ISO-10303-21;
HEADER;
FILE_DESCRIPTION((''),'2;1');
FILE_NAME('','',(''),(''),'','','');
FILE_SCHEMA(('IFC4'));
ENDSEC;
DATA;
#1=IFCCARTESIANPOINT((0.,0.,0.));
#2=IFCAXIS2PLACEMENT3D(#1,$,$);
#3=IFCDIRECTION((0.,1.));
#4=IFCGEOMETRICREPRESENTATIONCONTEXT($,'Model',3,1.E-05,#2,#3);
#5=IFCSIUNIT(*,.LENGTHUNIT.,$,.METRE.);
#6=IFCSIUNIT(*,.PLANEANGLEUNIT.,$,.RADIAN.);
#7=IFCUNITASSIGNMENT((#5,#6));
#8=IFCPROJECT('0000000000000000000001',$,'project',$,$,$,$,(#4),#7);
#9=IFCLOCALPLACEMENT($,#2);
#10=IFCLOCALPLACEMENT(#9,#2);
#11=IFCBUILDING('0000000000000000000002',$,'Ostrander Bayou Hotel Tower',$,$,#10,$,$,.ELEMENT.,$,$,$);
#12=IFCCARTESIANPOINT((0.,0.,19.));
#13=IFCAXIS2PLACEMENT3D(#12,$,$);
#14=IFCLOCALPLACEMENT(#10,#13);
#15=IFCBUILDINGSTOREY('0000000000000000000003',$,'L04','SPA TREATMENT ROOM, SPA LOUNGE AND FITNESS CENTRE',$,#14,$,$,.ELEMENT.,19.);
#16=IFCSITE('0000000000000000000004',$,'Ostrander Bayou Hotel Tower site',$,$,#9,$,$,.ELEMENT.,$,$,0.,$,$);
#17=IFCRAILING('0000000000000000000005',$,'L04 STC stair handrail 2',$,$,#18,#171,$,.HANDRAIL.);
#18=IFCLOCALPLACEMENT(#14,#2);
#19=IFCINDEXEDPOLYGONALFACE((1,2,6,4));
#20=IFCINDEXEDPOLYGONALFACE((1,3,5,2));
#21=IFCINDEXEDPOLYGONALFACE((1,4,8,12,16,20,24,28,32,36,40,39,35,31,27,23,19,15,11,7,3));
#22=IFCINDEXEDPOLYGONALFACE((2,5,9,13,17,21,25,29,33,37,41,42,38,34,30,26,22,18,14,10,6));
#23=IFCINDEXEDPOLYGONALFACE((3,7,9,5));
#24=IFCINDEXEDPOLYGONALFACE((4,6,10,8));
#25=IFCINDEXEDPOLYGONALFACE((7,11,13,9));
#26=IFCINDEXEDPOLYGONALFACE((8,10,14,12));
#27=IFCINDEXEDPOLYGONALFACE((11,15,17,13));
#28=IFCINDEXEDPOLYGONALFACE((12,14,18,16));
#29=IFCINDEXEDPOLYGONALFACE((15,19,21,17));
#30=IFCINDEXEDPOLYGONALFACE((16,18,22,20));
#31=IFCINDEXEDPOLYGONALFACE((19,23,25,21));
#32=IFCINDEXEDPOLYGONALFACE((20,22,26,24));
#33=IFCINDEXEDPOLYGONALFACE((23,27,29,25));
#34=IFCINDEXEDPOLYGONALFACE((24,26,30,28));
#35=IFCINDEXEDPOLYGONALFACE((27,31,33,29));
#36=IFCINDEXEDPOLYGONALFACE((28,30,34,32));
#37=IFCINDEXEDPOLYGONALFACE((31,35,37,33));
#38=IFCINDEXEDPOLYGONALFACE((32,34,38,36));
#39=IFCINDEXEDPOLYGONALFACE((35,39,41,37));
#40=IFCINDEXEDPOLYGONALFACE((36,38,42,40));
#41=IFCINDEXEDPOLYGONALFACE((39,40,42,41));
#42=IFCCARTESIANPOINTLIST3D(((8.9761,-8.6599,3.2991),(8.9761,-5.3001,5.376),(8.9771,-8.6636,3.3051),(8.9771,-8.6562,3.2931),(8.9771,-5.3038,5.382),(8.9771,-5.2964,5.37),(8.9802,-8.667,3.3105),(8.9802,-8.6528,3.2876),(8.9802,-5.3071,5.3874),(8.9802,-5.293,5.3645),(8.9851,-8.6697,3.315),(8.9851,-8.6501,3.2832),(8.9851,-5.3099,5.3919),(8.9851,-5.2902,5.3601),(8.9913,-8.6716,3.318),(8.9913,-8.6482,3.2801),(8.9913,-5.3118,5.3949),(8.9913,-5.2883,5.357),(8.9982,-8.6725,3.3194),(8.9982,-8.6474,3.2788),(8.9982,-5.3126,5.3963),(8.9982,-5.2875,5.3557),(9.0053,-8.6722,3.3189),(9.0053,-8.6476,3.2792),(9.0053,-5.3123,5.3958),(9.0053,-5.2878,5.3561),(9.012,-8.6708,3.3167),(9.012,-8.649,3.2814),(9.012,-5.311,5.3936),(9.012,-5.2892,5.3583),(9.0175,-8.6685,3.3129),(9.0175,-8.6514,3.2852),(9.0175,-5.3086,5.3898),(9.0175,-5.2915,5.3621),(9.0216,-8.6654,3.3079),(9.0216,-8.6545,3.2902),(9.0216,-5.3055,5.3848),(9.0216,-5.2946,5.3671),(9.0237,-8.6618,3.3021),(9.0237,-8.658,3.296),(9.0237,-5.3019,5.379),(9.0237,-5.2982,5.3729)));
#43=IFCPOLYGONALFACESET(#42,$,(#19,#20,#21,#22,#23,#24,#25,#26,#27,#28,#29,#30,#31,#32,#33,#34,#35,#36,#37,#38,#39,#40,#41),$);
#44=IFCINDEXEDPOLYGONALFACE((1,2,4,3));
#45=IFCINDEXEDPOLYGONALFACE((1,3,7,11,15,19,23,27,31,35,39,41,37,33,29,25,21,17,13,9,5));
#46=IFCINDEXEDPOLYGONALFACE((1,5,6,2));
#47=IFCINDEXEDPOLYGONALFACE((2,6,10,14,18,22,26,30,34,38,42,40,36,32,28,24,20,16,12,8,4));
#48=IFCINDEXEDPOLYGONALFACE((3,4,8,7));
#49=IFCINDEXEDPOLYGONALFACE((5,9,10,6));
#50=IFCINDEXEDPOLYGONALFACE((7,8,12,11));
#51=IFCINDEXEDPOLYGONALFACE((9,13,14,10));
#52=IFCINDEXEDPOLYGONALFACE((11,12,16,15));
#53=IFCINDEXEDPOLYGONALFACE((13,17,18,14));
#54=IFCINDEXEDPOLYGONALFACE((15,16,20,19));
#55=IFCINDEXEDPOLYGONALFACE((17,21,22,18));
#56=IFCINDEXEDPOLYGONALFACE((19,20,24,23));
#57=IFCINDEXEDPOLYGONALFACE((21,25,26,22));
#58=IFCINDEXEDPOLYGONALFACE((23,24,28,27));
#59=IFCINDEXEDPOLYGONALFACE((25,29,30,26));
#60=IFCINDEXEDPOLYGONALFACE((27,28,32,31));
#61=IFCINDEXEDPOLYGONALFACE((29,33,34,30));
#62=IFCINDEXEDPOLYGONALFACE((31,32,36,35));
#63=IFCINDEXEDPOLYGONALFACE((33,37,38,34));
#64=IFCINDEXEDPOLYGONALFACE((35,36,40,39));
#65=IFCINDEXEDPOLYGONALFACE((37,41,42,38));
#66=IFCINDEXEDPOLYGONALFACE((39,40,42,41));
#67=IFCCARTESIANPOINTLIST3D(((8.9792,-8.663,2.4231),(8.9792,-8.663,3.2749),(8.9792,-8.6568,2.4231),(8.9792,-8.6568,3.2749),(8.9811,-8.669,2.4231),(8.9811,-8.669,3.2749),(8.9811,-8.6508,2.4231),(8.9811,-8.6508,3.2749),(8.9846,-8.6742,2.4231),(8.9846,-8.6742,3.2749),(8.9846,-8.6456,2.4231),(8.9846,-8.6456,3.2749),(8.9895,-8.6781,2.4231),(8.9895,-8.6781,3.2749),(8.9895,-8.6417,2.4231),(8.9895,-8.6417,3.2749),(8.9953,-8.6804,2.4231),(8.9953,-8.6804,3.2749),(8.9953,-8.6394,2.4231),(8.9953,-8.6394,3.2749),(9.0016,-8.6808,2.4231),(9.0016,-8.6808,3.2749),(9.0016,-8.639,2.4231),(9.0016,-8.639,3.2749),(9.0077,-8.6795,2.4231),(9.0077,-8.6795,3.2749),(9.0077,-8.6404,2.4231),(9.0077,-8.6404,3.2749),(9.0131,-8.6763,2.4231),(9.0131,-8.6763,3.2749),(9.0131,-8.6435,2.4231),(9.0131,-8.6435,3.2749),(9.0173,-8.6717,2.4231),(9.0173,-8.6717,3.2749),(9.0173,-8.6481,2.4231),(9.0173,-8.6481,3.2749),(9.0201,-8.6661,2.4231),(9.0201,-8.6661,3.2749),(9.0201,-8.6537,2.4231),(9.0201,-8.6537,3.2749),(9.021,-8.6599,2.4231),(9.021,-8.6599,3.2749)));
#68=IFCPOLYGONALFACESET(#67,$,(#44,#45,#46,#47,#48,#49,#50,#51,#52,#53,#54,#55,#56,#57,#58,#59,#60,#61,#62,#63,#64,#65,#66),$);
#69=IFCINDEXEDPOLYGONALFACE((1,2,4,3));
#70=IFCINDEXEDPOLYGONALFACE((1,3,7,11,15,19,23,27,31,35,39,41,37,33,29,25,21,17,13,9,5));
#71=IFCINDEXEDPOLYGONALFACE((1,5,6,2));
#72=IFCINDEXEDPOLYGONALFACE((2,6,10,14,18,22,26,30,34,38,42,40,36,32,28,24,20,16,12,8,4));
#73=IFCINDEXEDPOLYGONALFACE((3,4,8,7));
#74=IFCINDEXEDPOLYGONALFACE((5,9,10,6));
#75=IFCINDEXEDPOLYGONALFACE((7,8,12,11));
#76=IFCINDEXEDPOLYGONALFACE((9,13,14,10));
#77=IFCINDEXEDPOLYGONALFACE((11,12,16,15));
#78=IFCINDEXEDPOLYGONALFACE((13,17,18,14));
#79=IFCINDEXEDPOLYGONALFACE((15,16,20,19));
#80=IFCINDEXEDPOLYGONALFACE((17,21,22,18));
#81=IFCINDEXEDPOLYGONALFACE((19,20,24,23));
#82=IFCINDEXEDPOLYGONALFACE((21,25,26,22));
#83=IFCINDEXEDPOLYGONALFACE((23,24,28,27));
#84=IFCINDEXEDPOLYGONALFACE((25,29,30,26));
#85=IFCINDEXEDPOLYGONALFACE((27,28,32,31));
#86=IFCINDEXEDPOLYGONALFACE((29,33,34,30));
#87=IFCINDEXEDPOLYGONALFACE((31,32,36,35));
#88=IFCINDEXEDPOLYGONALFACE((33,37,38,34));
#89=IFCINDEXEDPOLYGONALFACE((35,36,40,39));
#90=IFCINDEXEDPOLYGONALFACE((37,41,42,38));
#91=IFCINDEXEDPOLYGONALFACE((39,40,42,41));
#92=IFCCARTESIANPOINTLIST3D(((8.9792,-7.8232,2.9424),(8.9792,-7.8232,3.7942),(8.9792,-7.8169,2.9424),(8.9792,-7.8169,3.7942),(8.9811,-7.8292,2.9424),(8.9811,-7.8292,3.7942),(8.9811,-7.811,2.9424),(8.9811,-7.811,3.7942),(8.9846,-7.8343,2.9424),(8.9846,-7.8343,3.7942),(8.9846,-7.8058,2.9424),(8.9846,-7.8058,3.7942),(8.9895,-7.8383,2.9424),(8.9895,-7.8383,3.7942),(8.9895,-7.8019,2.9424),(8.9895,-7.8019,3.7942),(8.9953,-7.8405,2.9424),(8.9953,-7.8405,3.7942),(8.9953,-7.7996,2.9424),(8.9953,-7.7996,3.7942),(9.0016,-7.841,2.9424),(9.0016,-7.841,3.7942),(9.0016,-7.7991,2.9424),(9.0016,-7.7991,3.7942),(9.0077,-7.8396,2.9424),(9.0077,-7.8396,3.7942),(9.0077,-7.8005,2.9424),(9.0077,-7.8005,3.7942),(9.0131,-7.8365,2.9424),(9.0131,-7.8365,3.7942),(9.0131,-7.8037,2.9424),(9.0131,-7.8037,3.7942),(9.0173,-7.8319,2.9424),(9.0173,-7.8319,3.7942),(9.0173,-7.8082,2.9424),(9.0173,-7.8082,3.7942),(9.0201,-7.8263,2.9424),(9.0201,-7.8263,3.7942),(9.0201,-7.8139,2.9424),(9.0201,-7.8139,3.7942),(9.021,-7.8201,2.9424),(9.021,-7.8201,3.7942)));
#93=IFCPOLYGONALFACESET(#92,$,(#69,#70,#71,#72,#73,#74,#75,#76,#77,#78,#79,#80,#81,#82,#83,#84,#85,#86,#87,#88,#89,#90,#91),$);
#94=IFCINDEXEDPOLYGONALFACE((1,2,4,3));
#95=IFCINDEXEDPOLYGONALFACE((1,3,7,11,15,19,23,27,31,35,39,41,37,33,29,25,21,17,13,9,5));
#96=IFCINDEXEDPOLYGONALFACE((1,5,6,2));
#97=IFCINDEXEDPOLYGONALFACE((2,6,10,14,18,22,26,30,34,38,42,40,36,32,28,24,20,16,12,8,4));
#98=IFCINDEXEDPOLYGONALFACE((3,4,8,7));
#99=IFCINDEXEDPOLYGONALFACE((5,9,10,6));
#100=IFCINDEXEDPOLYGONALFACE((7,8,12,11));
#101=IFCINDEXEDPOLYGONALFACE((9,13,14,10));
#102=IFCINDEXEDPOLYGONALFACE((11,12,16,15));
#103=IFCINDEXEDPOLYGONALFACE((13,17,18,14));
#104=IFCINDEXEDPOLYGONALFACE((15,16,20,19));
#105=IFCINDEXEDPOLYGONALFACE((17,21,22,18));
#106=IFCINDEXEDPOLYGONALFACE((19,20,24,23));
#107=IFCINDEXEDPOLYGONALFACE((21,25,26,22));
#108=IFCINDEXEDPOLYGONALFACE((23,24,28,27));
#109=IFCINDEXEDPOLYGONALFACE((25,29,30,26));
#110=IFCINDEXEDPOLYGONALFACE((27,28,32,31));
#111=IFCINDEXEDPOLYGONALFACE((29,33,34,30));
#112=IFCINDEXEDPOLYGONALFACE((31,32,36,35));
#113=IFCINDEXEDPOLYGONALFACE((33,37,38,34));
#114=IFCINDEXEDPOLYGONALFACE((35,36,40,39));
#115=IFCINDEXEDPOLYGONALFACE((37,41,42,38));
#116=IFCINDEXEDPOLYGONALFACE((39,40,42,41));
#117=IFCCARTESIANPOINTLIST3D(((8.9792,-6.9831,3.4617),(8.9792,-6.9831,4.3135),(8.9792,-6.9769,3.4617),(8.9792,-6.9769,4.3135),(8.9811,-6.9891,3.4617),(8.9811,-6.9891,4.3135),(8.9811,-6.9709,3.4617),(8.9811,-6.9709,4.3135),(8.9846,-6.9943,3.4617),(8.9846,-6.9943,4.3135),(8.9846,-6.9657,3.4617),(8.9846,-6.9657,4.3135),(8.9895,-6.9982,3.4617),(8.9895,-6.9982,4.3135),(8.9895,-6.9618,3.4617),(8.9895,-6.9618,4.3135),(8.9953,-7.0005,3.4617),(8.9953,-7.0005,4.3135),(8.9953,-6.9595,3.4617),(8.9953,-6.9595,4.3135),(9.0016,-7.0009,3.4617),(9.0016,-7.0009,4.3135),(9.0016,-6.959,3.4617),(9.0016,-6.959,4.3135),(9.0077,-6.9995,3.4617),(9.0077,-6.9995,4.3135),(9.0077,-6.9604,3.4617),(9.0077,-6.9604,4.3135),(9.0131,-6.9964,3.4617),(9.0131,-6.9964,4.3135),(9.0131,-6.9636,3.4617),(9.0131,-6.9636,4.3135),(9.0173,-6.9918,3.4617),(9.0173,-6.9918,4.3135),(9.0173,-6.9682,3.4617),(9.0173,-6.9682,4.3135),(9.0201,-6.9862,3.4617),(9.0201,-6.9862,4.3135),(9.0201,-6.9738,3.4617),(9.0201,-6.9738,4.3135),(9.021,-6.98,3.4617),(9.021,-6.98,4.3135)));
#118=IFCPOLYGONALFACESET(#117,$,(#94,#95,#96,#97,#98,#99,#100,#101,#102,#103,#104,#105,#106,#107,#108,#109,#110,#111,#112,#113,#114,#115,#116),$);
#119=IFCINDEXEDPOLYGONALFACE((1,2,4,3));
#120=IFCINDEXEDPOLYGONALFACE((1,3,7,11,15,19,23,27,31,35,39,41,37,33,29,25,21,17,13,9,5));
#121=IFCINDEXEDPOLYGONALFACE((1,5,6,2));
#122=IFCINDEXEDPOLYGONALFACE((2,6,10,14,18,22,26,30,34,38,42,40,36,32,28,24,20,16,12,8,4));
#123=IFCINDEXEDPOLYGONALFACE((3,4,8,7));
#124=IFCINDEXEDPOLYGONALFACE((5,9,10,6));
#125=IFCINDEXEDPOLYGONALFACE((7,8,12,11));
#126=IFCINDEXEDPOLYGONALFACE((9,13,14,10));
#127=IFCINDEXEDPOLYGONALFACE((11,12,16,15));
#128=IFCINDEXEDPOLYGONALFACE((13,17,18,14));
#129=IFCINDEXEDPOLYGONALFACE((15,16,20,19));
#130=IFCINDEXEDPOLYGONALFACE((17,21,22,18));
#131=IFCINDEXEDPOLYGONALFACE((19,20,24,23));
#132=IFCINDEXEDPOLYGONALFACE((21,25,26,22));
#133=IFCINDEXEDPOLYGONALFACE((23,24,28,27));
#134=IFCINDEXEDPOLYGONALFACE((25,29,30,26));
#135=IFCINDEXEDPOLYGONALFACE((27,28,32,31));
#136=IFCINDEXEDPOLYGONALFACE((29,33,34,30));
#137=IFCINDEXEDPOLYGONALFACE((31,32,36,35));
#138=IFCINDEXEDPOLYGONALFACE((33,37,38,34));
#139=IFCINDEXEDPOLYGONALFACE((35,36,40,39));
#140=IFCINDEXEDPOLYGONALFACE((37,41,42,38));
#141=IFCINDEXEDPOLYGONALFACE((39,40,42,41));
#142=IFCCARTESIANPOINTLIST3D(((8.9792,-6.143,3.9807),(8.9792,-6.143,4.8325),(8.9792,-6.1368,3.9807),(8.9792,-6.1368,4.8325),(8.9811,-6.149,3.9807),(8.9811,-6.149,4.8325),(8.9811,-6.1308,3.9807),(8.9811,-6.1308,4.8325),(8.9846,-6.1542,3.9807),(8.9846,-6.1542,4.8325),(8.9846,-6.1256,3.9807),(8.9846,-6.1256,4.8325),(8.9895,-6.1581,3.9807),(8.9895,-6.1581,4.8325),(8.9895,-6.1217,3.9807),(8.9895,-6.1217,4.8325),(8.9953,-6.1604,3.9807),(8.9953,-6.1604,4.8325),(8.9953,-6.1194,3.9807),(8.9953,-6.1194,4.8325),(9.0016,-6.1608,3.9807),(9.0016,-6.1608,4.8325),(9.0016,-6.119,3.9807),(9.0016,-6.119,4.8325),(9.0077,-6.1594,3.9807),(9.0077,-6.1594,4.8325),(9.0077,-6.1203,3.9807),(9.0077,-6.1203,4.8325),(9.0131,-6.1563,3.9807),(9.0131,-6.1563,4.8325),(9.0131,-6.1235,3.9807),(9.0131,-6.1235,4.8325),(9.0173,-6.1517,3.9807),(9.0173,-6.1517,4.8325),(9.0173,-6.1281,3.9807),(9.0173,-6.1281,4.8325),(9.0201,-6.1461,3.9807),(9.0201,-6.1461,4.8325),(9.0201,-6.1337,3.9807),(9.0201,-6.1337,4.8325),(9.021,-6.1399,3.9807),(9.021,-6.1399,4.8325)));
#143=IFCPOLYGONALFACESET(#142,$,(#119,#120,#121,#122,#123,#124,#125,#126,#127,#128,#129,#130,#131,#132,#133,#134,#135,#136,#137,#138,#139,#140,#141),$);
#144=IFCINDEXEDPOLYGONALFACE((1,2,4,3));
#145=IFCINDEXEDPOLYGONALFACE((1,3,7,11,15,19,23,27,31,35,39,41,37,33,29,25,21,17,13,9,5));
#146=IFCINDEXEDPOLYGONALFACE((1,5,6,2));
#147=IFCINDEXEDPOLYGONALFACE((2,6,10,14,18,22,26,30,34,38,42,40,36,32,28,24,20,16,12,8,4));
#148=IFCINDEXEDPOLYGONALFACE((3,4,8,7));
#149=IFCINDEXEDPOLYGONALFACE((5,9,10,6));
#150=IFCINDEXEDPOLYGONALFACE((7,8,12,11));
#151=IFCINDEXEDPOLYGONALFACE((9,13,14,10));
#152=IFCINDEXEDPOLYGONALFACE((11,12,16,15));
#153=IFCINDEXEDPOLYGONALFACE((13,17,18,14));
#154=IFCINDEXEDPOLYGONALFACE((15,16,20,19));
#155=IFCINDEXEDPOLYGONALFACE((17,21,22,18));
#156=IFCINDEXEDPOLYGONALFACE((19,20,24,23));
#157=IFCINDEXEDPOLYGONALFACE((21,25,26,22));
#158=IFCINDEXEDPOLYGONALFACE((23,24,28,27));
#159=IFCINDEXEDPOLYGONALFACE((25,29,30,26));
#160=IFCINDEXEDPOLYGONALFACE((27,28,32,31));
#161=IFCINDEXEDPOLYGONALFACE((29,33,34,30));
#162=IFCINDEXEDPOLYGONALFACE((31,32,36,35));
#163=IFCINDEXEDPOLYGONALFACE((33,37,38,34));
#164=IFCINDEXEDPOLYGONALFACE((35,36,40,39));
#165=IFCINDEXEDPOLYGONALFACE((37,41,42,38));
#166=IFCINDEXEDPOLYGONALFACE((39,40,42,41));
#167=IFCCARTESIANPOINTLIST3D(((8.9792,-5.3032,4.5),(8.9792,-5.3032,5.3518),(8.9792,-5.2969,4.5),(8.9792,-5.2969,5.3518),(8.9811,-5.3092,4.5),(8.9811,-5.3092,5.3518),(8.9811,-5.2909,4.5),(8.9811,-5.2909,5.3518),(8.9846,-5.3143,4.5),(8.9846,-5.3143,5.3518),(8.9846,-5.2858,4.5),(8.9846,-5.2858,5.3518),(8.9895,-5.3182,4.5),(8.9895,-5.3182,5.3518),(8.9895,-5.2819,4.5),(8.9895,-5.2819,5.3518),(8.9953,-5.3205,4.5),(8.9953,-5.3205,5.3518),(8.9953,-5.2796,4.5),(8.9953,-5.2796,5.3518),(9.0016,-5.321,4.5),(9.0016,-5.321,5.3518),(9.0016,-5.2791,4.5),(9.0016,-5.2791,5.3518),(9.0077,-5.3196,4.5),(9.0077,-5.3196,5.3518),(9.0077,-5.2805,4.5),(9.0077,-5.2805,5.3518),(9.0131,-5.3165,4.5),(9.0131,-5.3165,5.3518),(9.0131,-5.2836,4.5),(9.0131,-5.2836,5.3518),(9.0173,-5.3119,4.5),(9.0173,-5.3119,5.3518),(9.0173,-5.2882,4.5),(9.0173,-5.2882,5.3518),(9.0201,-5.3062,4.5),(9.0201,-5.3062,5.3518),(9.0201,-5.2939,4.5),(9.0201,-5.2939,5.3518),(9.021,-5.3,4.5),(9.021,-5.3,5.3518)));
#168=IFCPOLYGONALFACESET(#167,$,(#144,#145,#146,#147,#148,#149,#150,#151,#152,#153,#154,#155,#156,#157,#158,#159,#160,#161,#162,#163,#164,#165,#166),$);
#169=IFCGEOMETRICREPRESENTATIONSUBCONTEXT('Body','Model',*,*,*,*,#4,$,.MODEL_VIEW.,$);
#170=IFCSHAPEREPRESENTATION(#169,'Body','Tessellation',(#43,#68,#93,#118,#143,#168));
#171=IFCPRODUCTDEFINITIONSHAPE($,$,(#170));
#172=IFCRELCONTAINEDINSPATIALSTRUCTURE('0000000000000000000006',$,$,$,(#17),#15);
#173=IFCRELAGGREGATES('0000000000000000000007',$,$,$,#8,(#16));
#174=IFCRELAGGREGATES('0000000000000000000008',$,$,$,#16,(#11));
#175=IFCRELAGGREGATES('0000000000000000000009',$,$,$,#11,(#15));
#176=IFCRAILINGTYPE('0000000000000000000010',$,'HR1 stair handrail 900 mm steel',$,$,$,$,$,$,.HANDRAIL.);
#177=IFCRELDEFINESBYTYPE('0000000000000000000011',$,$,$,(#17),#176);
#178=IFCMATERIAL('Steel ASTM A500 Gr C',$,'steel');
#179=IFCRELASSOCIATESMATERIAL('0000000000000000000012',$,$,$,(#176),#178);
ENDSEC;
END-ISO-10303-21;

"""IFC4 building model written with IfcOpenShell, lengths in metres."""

from ifc_helpers import new_model, si_unit, direction, frame, origin, origin_2d, place, context, subcontext, project, spatial, circle, extrude, material, type_object, element, save


model = new_model("IFC4")

# Units and contexts
model_context = context("Model", 3, precision=1e-05, world=origin(), true_north=direction((0.0, 1.0)))
body_context = subcontext(model_context, "Body", "Model", "MODEL_VIEW")
ifc_project = project(units=[si_unit("LENGTHUNIT", "METRE"), si_unit("PLANEANGLEUNIT", "RADIAN")], contexts=[model_context])

# Site, building, storey
site_placement = place(None, origin())
site = spatial("IfcSite", under=ifc_project, at=site_placement, Name="Ostrander Bayou Hotel Tower site", CompositionType="ELEMENT", RefElevation=0.0)
building_placement = place(site_placement, origin())
building = spatial("IfcBuilding", under=site, at=building_placement, Name="Ostrander Bayou Hotel Tower", CompositionType="ELEMENT")
storey_placement = place(building_placement, frame((0.0, 0.0, 19.0)))
storey = spatial("IfcBuildingStorey", under=building, at=storey_placement, Name="L04", Description="SPA TREATMENT ROOM, SPA LOUNGE AND FITNESS CENTRE", CompositionType="ELEMENT", Elevation=19.0)

# Railing
ifc_material_1 = material(Name="Steel ASTM A500 Gr C", Category="steel")
railing_type_1 = type_object("IfcRailingType", Name="HR1 stair handrail 900 mm steel", PredefinedType="HANDRAIL", material=ifc_material_1)
railing_1_placement = place(storey_placement, frame((9.0, -8.6599, 2.4231)))
element("IfcRailing", 1, at=railing_1_placement, inside=storey, type_object=railing_type_1, Name="L04 STC stair handrail 2", PredefinedType="HANDRAIL", context=body_context, shape_type="SweptSolid", body=[
    extrude(circle(Radius=0.0239, at=origin_2d()), frame((0.0, 0.0, 0.876), z_axis=(0.0, 0.850606, 0.525803), x_axis=(-1.0, 0.0, 0.0)), (0.0, 0.0, 1.0), 3.95),
    extrude(circle(Radius=0.021, at=origin_2d()), origin(), (0.0, 0.0, 1.0), 0.8518),
    extrude(circle(Radius=0.021, at=origin_2d()), frame((0.0, 0.8398, 0.5193)), (0.0, 0.0, 1.0), 0.8518),
    extrude(circle(Radius=0.021, at=origin_2d()), frame((0.0, 1.6799, 1.0386)), (0.0, 0.0, 1.0), 0.8518),
    extrude(circle(Radius=0.021, at=origin_2d()), frame((0.0, 2.52, 1.5576)), (0.0, 0.0, 1.0), 0.8518),
    extrude(circle(Radius=0.021, at=origin_2d()), frame((0.0, 3.3599, 2.0769)), (0.0, 0.0, 1.0), 0.8518),
])

save(model, "model.ifc")
